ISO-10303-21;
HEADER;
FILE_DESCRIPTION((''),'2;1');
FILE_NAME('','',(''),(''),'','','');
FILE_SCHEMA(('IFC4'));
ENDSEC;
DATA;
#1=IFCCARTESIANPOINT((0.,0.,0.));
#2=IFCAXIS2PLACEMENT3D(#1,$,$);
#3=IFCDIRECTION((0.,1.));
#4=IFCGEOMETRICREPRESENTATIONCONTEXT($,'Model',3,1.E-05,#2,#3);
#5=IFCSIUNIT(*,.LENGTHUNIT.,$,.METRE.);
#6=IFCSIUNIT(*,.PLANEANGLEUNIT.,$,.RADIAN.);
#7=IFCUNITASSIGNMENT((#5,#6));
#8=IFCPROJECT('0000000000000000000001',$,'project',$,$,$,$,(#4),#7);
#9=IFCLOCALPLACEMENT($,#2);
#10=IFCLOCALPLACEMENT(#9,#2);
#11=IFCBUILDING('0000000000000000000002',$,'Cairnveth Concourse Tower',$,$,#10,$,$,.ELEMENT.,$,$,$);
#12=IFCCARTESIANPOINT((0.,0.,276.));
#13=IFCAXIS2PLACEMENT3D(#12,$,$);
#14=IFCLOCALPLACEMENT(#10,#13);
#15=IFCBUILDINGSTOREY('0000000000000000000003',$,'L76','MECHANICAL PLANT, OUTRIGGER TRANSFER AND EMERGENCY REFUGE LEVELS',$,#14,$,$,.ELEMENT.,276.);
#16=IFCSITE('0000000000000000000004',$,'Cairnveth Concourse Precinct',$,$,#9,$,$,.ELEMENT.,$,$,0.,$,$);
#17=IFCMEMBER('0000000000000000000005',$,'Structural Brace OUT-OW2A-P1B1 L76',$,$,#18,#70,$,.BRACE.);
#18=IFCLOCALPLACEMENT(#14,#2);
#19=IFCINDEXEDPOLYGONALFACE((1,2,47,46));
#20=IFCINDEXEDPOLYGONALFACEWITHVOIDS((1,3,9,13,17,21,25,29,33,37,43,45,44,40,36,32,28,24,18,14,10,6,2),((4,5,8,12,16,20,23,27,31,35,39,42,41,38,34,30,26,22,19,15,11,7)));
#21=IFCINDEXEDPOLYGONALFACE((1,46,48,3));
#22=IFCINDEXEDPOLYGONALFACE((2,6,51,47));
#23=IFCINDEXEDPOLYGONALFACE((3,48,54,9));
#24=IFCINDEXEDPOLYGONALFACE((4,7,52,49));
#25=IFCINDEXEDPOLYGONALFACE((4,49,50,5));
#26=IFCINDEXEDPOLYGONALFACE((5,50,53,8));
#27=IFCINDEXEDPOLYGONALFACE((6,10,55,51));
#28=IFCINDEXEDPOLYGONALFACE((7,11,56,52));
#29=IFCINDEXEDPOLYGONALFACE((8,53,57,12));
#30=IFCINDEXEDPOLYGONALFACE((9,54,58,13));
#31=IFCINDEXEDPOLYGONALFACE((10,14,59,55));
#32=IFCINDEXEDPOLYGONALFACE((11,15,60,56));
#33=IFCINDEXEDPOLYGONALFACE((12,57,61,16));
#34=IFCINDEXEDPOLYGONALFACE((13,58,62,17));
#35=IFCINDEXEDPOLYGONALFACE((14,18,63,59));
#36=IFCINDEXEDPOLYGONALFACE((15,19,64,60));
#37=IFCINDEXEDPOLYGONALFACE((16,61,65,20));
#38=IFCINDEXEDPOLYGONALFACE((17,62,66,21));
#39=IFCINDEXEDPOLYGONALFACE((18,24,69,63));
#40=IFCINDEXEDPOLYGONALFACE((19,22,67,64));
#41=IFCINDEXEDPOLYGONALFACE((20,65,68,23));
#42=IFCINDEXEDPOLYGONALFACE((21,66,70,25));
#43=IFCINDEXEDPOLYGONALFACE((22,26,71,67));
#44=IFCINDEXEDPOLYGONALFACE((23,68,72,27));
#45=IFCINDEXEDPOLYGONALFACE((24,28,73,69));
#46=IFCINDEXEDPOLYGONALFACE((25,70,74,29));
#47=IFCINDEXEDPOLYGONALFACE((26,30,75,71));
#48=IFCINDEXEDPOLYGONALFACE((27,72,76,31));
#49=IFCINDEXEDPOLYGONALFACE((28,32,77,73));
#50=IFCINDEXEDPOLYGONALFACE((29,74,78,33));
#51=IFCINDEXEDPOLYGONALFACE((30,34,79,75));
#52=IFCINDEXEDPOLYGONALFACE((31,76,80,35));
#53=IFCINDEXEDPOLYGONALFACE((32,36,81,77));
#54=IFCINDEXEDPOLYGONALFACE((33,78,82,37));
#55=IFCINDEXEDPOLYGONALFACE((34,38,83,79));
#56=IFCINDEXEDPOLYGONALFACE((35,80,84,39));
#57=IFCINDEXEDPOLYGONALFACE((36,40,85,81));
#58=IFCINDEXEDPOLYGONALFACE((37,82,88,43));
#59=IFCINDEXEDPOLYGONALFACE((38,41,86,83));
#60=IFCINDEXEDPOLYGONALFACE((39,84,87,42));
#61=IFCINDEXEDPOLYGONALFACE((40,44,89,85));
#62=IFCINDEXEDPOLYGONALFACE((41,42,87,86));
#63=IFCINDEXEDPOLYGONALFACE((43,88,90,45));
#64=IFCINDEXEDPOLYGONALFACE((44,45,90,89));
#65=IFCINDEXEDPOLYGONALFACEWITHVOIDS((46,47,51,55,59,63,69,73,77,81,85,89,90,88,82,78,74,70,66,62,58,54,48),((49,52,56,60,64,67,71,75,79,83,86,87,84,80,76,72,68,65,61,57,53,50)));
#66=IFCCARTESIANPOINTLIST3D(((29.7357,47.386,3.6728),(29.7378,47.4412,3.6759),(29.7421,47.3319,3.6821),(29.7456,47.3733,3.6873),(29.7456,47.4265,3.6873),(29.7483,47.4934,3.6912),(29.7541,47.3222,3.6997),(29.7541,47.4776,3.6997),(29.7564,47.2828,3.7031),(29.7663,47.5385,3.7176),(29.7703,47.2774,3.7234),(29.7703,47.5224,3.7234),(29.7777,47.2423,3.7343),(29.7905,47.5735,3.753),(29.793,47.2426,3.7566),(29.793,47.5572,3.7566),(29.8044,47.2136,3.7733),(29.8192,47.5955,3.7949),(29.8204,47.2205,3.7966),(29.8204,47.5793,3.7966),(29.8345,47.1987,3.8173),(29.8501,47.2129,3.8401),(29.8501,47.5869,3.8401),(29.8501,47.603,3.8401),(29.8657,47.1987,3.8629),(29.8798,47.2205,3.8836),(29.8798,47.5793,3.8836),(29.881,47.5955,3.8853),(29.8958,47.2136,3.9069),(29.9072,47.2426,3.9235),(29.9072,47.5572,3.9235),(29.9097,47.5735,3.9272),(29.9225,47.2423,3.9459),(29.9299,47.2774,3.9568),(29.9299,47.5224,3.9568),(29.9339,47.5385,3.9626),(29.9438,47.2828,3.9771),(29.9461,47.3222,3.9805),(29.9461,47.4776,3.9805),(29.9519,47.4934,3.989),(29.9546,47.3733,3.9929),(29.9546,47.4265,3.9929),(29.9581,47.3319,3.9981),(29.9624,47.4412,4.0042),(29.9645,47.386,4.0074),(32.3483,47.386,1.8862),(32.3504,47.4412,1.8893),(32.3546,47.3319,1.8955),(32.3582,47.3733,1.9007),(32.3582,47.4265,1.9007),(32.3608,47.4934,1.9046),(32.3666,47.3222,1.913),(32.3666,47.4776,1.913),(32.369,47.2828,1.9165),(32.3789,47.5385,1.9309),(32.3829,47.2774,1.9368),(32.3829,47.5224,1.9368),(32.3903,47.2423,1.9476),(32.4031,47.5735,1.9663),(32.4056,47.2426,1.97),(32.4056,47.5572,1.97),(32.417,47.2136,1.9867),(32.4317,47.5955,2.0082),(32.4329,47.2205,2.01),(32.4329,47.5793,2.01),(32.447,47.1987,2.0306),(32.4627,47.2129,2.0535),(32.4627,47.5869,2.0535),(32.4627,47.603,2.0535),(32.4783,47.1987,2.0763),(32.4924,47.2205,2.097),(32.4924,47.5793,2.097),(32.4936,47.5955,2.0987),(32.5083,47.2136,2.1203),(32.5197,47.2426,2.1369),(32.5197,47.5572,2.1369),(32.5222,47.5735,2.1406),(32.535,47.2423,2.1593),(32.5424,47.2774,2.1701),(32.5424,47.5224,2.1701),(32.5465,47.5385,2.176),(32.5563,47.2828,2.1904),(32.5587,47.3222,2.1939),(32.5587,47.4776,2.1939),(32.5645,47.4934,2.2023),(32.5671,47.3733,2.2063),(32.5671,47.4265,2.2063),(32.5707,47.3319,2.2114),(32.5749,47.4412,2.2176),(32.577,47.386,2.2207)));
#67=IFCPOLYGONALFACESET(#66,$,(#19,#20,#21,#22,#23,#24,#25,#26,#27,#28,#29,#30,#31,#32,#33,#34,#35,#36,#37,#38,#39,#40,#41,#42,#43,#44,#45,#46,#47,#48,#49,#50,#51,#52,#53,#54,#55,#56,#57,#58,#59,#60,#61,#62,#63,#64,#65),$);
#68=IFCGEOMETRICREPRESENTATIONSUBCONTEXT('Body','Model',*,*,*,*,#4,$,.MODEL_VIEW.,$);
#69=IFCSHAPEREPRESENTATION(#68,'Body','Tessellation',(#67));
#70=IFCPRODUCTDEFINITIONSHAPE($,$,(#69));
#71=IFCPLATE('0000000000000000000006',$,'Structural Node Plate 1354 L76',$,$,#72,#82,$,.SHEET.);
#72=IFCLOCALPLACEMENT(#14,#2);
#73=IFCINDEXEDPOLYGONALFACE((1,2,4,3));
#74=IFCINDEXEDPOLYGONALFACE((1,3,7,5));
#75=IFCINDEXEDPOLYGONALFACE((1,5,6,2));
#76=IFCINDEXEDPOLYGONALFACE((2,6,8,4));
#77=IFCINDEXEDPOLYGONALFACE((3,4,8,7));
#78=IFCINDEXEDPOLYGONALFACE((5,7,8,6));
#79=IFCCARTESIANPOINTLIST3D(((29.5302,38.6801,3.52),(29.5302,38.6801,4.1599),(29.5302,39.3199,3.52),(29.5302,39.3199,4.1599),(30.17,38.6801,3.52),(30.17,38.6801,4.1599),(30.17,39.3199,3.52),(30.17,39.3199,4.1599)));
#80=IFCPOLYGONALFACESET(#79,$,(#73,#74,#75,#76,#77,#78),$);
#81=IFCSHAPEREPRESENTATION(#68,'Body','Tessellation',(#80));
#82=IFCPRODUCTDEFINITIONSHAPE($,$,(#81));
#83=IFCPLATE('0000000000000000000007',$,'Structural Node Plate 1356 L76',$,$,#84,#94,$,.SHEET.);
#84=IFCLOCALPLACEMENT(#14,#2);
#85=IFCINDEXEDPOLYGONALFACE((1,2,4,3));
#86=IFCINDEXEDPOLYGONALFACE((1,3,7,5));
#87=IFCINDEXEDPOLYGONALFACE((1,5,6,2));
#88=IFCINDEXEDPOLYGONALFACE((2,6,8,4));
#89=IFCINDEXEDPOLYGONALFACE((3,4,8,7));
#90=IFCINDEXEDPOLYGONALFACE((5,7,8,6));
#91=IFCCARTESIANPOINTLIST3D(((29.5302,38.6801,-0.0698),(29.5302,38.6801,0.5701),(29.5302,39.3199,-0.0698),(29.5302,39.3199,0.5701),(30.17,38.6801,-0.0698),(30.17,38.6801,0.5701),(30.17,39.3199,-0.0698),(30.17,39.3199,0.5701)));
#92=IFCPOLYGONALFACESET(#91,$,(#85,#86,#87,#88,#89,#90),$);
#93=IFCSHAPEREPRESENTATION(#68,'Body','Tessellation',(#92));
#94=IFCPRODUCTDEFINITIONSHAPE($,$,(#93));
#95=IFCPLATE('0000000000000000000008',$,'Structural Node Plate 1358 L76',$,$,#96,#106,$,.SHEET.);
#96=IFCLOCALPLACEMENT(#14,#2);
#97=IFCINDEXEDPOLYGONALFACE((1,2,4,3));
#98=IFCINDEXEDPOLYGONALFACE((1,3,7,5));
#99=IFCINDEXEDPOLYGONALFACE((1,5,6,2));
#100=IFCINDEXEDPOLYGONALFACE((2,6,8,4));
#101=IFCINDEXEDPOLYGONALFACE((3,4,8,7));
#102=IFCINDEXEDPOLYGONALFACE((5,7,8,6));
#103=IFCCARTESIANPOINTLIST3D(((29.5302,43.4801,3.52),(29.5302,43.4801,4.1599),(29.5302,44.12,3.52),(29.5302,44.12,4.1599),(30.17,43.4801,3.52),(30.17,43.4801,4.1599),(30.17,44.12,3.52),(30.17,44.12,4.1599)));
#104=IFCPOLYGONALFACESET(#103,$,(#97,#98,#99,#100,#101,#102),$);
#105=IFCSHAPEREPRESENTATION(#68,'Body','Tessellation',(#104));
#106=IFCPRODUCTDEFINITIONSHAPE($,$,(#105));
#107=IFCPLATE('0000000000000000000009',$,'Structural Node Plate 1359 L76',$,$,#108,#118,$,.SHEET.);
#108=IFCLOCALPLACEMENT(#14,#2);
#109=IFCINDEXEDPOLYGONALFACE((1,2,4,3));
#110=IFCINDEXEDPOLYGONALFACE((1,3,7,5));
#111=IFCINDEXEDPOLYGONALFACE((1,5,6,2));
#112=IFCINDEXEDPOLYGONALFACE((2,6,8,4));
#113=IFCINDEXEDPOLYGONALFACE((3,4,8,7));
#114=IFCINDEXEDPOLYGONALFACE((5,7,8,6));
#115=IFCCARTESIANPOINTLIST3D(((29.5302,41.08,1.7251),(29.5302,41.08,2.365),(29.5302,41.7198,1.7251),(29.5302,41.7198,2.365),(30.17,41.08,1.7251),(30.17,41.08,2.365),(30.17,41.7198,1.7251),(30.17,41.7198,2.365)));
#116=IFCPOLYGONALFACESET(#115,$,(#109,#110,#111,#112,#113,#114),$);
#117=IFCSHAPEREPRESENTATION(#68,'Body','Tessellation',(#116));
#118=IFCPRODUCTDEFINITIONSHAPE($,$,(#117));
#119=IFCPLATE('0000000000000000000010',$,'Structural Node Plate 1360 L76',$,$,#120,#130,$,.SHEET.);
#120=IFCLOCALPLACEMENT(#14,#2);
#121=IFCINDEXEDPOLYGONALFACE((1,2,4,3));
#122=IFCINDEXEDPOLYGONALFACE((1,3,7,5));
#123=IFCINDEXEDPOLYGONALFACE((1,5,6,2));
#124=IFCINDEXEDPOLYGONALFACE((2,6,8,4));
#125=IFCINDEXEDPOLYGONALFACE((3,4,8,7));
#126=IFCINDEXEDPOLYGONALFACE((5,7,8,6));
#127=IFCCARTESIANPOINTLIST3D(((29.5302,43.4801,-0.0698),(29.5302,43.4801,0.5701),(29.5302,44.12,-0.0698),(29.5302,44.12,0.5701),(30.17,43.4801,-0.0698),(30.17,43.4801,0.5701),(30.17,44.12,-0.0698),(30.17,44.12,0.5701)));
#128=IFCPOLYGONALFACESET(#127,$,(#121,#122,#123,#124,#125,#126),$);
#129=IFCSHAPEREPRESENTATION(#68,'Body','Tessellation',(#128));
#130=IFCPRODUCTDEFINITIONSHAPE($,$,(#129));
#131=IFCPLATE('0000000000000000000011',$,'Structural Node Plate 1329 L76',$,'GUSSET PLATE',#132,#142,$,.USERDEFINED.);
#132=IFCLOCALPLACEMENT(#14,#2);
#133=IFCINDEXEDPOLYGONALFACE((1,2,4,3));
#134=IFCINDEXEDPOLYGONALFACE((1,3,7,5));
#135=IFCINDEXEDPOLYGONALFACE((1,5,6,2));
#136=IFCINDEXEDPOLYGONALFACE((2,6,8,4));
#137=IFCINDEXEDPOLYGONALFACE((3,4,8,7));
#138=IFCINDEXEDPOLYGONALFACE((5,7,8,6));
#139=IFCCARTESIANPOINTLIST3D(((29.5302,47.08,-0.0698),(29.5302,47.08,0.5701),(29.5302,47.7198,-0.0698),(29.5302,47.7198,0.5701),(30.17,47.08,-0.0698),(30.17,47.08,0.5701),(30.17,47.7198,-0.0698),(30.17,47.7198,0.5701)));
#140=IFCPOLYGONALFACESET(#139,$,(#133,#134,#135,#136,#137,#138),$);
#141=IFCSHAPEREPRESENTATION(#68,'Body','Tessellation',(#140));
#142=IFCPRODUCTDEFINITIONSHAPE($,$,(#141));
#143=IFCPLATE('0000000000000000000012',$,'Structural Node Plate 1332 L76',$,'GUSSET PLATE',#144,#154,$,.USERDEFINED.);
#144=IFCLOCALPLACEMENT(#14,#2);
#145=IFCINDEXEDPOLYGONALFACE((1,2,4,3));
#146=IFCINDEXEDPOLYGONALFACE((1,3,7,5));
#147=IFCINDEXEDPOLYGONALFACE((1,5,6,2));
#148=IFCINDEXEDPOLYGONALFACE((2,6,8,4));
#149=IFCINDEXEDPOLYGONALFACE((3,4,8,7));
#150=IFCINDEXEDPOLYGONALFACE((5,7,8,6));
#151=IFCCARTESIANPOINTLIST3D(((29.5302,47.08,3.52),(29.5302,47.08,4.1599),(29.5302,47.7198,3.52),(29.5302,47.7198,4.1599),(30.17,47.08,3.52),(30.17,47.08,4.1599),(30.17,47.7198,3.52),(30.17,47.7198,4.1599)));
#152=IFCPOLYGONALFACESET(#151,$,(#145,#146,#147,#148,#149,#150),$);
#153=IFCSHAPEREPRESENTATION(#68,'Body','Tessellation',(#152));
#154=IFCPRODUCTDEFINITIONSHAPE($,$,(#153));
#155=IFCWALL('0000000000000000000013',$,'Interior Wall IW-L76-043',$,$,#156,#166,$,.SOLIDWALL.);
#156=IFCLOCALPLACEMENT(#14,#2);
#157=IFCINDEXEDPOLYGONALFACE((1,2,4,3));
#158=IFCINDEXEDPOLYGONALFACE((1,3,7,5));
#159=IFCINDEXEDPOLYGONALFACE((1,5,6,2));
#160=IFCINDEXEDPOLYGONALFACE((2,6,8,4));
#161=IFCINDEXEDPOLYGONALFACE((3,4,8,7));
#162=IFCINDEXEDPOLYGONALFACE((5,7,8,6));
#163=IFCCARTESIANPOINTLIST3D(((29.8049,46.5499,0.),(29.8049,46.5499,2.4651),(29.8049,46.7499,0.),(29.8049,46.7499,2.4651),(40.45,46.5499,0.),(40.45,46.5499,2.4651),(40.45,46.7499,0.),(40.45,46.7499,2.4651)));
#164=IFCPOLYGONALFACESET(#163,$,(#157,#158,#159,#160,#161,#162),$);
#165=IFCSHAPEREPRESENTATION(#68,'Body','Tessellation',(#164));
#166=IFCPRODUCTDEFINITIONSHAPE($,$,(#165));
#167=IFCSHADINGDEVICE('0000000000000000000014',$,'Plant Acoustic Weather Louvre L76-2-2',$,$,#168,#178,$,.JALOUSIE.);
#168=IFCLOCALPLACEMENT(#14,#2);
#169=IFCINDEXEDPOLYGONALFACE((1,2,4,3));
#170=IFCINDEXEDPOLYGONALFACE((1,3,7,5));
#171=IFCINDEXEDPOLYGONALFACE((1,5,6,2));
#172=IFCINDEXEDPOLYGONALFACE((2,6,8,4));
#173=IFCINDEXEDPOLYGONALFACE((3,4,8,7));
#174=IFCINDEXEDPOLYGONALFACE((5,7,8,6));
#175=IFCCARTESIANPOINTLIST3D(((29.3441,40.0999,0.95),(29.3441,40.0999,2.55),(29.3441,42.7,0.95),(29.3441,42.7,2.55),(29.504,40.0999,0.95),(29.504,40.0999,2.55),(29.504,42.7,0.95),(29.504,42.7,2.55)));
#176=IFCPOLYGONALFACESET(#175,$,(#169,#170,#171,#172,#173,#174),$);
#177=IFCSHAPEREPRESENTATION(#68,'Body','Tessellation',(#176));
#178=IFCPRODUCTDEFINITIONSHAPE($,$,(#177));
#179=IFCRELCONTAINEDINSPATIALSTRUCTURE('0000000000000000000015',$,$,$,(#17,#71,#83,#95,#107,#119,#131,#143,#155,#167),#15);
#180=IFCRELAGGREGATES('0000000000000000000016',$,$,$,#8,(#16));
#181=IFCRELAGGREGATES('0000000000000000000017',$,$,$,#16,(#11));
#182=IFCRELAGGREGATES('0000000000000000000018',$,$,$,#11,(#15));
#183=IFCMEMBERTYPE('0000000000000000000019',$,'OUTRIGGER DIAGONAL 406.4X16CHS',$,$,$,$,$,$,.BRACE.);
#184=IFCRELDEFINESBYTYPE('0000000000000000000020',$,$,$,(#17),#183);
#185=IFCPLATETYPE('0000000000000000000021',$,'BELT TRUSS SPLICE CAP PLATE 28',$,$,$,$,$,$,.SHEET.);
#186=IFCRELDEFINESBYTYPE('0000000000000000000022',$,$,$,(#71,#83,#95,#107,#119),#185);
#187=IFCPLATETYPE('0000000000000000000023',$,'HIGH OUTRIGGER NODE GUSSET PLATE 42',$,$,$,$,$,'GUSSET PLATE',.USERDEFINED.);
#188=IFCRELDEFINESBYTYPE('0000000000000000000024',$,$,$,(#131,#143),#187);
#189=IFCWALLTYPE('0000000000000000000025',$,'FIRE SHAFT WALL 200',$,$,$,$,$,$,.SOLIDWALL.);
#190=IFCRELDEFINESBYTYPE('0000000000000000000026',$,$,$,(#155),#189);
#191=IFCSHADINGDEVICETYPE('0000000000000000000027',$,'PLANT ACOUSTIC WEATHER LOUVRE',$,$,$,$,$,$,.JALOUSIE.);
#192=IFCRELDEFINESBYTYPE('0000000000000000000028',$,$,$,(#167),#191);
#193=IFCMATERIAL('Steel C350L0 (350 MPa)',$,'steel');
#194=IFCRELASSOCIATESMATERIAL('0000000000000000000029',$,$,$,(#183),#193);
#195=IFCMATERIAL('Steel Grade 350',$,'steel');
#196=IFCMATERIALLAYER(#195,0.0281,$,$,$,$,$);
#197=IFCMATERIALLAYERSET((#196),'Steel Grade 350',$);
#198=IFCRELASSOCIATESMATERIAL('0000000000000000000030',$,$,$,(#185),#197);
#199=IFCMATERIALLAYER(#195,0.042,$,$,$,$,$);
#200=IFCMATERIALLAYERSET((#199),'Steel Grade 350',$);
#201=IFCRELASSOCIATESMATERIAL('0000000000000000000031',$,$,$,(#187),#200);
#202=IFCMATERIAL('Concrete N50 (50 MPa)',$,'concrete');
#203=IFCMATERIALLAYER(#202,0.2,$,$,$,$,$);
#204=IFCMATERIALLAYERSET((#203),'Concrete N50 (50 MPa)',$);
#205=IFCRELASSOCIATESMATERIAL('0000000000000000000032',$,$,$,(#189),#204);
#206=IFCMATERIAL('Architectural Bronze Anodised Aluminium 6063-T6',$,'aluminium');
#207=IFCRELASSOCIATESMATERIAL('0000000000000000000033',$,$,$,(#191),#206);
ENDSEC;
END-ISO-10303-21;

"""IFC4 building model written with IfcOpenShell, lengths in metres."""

from ifc_helpers import new_model, si_unit, direction, frame, frame_2d, origin, origin_2d, place, context, subcontext, project, spatial, rectangle, hollow_circle, extrude, material, layer, layer_set, material_profile, profile_set, type_object, element, save


model = new_model("IFC4")

# Units and contexts
model_context = context("Model", 3, precision=1e-05, world=origin(), true_north=direction((0.0, 1.0)))
body_context = subcontext(model_context, "Body", "Model", "MODEL_VIEW")
ifc_project = project(units=[si_unit("LENGTHUNIT", "METRE"), si_unit("PLANEANGLEUNIT", "RADIAN")], contexts=[model_context])

# Site, building, storey
site_placement = place(None, origin())
site = spatial("IfcSite", under=ifc_project, at=site_placement, Name="Cairnveth Concourse Precinct", CompositionType="ELEMENT", RefElevation=0.0)
building_placement = place(site_placement, origin())
building = spatial("IfcBuilding", under=site, at=building_placement, Name="Cairnveth Concourse Tower", CompositionType="ELEMENT")
storey_placement = place(building_placement, frame((0.0, 0.0, 276.0)))
storey = spatial("IfcBuildingStorey", under=building, at=storey_placement, Name="L76", Description="MECHANICAL PLANT, OUTRIGGER TRANSFER AND EMERGENCY REFUGE LEVELS", CompositionType="ELEMENT", Elevation=276.0)

# Shared definitions
ifc_material_1 = material(Name="Steel C350L0 (350 MPa)", Category="steel")

# Member
ifc_material_profile_1 = material_profile(ifc_material_1, hollow_circle(Radius=0.2031, WallThickness=0.0161, at=origin_2d()), Name="406.4x16.0CHS")
ifc_profile_set_1 = profile_set([ifc_material_profile_1], Name="Steel C350L0 (350 MPa)")
member_type_1 = type_object("IfcMemberType", Name="OUTRIGGER DIAGONAL 406.4X16CHS", PredefinedType="BRACE", material=ifc_profile_set_1)
member_1_placement = place(storey_placement, frame((29.8501, 47.3999, 3.8401), z_axis=(0.825442, 0.0, -0.564488), x_axis=(0.0, 1.0, 0.0)))
element("IfcMember", 1, at=member_1_placement, inside=storey, type_object=member_type_1, Name="Structural Brace OUT-OW2A-P1B1 L76", PredefinedType="BRACE", context=body_context, shape_type="SweptSolid", body=[
    extrude(hollow_circle(Radius=0.2031, WallThickness=0.0161, at=origin_2d()), origin(), (0.0, 0.0, 1.0), 3.165),
])

# Plates
ifc_material_2 = material(Name="Steel Grade 350", Category="steel")
ifc_layer_1 = layer(ifc_material_2, 0.0281)
ifc_layer_set_1 = layer_set([ifc_layer_1], Name="Steel Grade 350")
plate_type_1 = type_object("IfcPlateType", Name="BELT TRUSS SPLICE CAP PLATE 28", PredefinedType="SHEET", material=ifc_layer_set_1)
for number, where, z_axis, x_axis, name in (
    (2, (29.8501, 39.0, 3.52), (0.0, 0.0, 1.0), (1.0, 0.0, 0.0), "Structural Node Plate 1354 L76"),
    (3, (29.8501, 39.0, -0.0698), (0.0, 0.0, 1.0), (1.0, 0.0, 0.0), "Structural Node Plate 1356 L76"),
    (4, (29.8501, 43.8, 3.52), (0.0, 0.0, 1.0), (1.0, 0.0, 0.0), "Structural Node Plate 1358 L76"),
    (5, (29.8501, 41.3999, 1.7251), (0.0, 0.0, 1.0), (1.0, 0.0, 0.0), "Structural Node Plate 1359 L76"),
    (6, (29.8501, 43.8, -0.0698), (0.0, 0.0, 1.0), (1.0, 0.0, 0.0), "Structural Node Plate 1360 L76"),
):
    element("IfcPlate", number, at=place(storey_placement, frame(where, z_axis=z_axis, x_axis=x_axis)), inside=storey, type_object=plate_type_1, Name=name, PredefinedType="SHEET", context=body_context, shape_type="SweptSolid", body=[
        extrude(rectangle(XDim=0.6399, YDim=0.6399, at=origin_2d()), origin(), (0.0, 0.0, 1.0), 0.6399),
    ])
ifc_layer_2 = layer(ifc_material_2, 0.042)
ifc_layer_set_2 = layer_set([ifc_layer_2], Name="Steel Grade 350")
plate_type_2 = type_object("IfcPlateType", Name="HIGH OUTRIGGER NODE GUSSET PLATE 42", ElementType="GUSSET PLATE", PredefinedType="USERDEFINED", material=ifc_layer_set_2)
for number, where, z_axis, x_axis, name in (
    (7, (29.8501, 47.3999, -0.0698), (0.0, 0.0, 1.0), (1.0, 0.0, 0.0), "Structural Node Plate 1329 L76"),
    (8, (29.8501, 47.3999, 3.52), (0.0, 0.0, 1.0), (1.0, 0.0, 0.0), "Structural Node Plate 1332 L76"),
):
    element("IfcPlate", number, at=place(storey_placement, frame(where, z_axis=z_axis, x_axis=x_axis)), inside=storey, type_object=plate_type_2, Name=name, ObjectType="GUSSET PLATE", PredefinedType="USERDEFINED", context=body_context, shape_type="SweptSolid", body=[
        extrude(rectangle(XDim=0.6399, YDim=0.6399, at=origin_2d()), origin(), (0.0, 0.0, 1.0), 0.6399),
    ])

# Wall
ifc_material_3 = material(Name="Concrete N50 (50 MPa)", Category="concrete")
ifc_layer_3 = layer(ifc_material_3, 0.2)
ifc_layer_set_3 = layer_set([ifc_layer_3], Name="Concrete N50 (50 MPa)")
wall_type = type_object("IfcWallType", Name="FIRE SHAFT WALL 200", PredefinedType="SOLIDWALL", material=ifc_layer_set_3)
wall_placement = place(storey_placement, frame((29.8049, 46.6499, 0.0), z_axis=(0.0, 0.0, 1.0), x_axis=(1.0, 0.0, 0.0)))
element("IfcWall", 9, at=wall_placement, inside=storey, type_object=wall_type, Name="Interior Wall IW-L76-043", PredefinedType="SOLIDWALL", context=body_context, shape_type="SweptSolid", body=[
    extrude(rectangle(XDim=10.645, YDim=0.2, at=frame_2d((5.3225, 0.0))), origin(), (0.0, 0.0, 1.0), 2.4651),
])

# Shading device
ifc_material_4 = material(Name="Architectural Bronze Anodised Aluminium 6063-T6", Category="aluminium")
shading_device_type = type_object("IfcShadingDeviceType", Name="PLANT ACOUSTIC WEATHER LOUVRE", PredefinedType="JALOUSIE", material=ifc_material_4)
shading_device_placement = place(storey_placement, frame((29.4241, 41.3999, 0.95), z_axis=(0.0, 0.0, 1.0), x_axis=(1.0, 0.0, 0.0)))
element("IfcShadingDevice", 10, at=shading_device_placement, inside=storey, type_object=shading_device_type, Name="Plant Acoustic Weather Louvre L76-2-2", PredefinedType="JALOUSIE", context=body_context, shape_type="SweptSolid", body=[
    extrude(rectangle(XDim=0.1599, YDim=2.6001, at=origin_2d()), origin(), (0.0, 0.0, 1.0), 1.6001),
])

save(model, "model.ifc")
